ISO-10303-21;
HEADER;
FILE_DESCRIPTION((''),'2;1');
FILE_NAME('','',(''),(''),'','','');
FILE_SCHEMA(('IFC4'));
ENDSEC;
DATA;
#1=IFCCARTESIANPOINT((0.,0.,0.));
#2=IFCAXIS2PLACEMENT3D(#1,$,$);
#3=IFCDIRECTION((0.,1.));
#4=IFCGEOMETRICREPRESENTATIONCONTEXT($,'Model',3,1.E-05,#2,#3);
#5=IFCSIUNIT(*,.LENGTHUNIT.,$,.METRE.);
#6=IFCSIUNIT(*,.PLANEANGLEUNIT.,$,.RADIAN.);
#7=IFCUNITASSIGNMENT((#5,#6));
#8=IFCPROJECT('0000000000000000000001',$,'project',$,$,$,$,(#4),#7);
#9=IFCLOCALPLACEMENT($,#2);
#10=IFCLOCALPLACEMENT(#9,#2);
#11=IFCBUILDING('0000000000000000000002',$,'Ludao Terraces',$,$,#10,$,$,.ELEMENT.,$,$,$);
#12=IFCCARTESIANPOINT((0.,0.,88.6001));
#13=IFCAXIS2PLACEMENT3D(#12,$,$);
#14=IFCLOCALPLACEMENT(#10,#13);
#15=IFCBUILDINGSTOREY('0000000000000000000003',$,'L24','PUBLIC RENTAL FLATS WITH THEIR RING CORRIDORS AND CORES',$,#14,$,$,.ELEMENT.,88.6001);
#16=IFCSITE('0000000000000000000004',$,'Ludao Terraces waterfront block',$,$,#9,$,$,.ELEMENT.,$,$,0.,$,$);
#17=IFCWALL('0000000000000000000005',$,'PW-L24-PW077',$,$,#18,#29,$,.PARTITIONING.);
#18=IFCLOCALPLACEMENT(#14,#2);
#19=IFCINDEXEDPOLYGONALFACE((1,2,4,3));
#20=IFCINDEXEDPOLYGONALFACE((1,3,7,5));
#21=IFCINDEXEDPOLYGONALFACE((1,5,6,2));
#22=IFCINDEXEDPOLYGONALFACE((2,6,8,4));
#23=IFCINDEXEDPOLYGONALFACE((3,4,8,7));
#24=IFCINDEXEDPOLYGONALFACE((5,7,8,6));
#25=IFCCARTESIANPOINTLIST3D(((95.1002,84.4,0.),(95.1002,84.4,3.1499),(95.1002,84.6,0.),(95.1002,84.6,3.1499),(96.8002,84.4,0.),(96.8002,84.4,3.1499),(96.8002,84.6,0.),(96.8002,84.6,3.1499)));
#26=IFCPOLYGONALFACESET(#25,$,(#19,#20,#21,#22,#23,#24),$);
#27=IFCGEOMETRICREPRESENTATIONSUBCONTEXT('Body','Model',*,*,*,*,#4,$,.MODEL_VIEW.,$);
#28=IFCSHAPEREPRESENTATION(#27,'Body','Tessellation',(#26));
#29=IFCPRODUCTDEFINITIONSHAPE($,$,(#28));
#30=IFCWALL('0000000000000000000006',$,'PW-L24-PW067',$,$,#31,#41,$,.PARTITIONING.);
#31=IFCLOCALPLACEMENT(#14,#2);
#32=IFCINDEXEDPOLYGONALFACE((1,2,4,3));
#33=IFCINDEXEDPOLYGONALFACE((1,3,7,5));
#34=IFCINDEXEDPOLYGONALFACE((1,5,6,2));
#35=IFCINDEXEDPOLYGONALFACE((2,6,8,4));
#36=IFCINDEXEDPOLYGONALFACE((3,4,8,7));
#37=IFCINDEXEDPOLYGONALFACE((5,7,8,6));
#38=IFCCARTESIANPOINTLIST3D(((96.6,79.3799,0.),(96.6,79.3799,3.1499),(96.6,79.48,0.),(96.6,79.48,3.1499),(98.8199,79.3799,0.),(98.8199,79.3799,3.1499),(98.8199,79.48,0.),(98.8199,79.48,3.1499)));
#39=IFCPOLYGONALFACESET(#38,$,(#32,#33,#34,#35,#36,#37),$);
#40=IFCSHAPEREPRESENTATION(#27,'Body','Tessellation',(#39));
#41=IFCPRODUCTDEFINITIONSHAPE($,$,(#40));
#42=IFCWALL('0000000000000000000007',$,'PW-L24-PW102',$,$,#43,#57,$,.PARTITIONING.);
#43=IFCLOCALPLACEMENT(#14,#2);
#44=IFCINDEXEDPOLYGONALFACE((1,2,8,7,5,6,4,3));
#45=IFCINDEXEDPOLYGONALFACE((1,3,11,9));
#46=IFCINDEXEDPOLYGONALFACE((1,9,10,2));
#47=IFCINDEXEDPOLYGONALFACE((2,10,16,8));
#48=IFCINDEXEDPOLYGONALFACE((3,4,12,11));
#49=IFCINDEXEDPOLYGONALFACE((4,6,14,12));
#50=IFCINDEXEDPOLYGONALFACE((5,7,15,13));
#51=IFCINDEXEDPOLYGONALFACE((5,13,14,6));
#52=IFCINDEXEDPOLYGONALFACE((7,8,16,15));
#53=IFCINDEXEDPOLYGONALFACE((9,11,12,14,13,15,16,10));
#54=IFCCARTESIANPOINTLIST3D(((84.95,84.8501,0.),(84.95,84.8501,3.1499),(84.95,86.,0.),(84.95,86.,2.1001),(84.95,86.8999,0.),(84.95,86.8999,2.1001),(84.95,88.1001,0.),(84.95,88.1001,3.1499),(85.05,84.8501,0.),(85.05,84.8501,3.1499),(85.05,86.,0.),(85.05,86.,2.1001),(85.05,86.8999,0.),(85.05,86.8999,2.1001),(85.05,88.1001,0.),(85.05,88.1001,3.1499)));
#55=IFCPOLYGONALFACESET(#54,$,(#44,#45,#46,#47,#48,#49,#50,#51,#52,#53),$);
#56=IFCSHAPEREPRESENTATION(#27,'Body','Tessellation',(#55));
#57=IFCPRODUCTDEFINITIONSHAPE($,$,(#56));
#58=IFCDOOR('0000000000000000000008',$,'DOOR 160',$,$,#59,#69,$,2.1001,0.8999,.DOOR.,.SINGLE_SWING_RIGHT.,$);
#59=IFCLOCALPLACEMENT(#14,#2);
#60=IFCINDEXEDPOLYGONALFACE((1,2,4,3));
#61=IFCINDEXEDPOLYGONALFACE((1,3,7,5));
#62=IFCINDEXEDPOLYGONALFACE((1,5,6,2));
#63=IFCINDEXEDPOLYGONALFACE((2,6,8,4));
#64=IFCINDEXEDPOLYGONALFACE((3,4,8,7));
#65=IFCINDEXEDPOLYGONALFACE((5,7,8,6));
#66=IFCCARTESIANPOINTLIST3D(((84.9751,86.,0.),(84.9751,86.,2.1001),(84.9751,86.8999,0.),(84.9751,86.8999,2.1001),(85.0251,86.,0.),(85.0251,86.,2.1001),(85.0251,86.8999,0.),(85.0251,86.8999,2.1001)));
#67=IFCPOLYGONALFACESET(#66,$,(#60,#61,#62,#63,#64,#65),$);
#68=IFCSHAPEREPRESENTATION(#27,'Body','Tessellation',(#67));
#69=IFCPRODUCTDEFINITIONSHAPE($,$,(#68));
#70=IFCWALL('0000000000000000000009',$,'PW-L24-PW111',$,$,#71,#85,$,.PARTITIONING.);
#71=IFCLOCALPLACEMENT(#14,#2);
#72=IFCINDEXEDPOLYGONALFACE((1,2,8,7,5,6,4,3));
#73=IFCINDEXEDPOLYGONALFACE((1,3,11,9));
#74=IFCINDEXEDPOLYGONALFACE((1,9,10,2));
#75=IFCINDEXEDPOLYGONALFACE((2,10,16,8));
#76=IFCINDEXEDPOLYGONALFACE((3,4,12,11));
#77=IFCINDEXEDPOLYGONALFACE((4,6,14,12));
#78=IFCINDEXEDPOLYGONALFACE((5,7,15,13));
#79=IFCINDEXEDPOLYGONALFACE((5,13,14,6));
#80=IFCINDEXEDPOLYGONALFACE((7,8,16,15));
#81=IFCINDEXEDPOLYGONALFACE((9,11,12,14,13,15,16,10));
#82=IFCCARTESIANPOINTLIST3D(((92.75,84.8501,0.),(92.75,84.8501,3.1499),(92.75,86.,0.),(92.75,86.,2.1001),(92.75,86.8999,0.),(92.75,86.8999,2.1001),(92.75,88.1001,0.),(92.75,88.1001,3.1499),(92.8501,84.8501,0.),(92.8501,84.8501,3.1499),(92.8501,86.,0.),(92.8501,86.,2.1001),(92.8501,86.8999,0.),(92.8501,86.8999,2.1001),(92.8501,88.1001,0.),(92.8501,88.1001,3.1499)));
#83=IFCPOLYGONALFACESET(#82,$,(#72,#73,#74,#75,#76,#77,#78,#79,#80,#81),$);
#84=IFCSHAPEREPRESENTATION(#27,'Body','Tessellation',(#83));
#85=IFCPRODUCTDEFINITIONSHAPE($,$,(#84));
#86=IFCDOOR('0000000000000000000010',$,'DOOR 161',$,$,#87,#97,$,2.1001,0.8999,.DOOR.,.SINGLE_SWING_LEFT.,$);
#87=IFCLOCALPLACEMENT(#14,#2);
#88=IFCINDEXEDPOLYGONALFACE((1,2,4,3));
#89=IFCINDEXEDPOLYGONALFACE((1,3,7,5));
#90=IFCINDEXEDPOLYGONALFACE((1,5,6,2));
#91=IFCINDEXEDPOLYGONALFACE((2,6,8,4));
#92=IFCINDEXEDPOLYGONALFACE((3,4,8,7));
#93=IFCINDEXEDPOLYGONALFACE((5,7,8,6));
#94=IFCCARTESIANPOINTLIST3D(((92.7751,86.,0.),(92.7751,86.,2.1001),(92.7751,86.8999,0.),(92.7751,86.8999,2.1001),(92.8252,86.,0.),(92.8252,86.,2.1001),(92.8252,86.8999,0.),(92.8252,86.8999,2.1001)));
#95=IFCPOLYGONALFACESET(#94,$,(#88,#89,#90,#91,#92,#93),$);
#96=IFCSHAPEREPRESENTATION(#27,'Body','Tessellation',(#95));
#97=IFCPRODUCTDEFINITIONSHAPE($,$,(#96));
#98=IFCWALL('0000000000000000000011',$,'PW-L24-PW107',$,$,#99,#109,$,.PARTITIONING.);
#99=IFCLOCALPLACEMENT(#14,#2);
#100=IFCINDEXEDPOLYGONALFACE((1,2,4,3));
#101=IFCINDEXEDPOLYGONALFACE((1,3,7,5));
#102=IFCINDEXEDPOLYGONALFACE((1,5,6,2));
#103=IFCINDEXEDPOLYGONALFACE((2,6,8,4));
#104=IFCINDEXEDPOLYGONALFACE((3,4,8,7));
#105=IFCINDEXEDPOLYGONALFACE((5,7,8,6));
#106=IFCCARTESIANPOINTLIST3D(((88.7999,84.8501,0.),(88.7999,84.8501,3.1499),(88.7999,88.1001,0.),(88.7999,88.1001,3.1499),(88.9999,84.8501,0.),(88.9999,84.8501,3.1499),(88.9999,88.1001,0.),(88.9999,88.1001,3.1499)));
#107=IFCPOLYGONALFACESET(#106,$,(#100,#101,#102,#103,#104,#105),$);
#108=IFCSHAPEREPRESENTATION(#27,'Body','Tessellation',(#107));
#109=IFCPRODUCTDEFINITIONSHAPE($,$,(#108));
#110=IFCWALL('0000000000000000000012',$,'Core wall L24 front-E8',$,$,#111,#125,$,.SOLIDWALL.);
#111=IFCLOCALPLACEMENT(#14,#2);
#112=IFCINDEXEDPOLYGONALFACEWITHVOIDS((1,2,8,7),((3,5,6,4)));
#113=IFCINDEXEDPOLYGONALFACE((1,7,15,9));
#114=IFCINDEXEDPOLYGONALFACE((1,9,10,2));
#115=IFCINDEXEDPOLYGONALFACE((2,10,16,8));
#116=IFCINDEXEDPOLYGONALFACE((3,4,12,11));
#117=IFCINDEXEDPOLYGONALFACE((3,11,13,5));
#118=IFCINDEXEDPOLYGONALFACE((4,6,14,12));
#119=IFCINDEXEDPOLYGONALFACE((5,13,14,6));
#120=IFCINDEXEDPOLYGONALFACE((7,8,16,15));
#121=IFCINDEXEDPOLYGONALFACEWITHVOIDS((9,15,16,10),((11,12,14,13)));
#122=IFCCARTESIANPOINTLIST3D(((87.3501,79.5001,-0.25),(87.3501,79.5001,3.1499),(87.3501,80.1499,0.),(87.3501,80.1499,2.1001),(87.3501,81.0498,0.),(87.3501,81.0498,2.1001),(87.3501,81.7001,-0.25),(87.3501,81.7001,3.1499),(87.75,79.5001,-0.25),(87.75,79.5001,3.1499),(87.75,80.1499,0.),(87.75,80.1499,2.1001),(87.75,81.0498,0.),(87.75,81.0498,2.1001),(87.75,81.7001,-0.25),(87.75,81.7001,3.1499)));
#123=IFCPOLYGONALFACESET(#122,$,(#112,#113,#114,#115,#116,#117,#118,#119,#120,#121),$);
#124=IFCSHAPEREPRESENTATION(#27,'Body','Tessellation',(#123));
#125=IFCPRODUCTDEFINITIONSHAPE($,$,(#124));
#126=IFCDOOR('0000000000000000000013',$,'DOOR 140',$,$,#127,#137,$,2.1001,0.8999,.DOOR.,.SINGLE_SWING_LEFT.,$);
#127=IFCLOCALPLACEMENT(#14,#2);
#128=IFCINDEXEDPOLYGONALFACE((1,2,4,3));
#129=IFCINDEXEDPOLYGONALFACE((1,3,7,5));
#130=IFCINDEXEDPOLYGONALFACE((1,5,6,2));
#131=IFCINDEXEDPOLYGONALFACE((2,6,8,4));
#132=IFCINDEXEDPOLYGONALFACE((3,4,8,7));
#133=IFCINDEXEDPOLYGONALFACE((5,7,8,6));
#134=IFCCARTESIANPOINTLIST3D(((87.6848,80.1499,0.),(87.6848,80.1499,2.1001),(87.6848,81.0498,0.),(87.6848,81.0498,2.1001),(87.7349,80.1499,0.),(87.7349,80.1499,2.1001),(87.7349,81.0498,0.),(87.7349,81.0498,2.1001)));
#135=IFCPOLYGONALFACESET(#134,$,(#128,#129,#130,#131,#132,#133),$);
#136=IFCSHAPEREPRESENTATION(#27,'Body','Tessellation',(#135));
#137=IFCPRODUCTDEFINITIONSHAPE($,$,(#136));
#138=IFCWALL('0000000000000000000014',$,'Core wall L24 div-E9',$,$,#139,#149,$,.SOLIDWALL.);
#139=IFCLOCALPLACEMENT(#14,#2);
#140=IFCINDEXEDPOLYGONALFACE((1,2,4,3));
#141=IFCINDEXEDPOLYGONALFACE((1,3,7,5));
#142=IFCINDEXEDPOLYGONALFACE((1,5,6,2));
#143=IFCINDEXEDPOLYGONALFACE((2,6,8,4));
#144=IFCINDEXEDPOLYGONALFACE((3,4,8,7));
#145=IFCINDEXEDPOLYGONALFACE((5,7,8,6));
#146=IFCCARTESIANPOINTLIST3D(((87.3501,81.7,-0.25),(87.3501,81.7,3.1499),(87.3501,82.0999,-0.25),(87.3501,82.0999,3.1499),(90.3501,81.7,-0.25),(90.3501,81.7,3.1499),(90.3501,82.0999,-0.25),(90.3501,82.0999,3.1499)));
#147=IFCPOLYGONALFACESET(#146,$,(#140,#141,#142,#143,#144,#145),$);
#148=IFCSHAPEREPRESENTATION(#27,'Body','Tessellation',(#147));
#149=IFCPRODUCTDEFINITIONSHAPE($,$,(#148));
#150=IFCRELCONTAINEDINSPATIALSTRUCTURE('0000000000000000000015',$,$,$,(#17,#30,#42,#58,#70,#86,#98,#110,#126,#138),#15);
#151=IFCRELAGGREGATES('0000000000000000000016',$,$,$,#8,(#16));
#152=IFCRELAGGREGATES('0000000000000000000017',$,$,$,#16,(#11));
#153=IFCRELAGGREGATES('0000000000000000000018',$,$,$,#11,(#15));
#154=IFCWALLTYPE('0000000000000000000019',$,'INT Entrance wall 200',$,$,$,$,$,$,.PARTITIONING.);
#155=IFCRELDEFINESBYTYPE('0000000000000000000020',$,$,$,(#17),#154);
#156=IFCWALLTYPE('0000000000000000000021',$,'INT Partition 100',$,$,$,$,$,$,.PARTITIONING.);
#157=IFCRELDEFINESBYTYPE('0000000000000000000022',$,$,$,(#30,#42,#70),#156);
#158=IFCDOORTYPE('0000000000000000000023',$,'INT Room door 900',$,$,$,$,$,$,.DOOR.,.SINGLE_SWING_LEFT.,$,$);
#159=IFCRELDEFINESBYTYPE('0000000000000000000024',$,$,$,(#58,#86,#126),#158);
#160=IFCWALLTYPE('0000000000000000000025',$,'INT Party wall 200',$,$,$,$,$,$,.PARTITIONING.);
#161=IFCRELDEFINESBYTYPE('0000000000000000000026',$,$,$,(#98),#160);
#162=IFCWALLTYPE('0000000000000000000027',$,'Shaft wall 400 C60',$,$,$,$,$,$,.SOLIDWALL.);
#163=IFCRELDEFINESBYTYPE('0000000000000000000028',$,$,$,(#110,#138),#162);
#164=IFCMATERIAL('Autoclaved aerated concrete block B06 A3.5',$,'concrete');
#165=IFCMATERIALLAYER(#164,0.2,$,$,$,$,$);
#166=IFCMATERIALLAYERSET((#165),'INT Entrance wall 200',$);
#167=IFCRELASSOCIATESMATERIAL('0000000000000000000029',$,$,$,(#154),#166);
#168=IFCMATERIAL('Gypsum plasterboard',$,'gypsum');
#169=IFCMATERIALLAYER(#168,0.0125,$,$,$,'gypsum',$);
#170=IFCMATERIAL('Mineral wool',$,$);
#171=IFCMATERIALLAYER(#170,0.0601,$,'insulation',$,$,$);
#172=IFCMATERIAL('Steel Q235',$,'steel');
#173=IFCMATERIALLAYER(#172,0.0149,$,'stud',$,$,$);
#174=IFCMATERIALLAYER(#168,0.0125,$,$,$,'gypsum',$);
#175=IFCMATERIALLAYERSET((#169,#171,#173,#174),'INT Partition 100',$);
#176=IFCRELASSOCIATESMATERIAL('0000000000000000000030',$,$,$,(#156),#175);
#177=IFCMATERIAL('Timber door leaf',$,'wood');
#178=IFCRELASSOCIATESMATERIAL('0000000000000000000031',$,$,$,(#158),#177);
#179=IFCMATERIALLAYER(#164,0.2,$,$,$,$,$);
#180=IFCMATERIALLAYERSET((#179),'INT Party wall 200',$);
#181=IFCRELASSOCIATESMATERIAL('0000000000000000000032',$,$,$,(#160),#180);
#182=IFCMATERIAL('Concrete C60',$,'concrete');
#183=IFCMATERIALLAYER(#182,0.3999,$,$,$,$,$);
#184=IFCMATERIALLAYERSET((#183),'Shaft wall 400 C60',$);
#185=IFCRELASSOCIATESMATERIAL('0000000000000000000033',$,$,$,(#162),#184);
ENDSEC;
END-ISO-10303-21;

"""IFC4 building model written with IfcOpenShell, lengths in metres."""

from ifc_helpers import new_model, si_unit, direction, frame, frame_2d, origin, place, context, subcontext, project, spatial, rectangle, extrude, material, layer, layer_set, type_object, element, fill, save


model = new_model("IFC4")

# Units and contexts
model_context = context("Model", 3, precision=1e-05, world=origin(), true_north=direction((0.0, 1.0)))
body_context = subcontext(model_context, "Body", "Model", "MODEL_VIEW")
ifc_project = project(units=[si_unit("LENGTHUNIT", "METRE"), si_unit("PLANEANGLEUNIT", "RADIAN")], contexts=[model_context])

# Site, building, storey
site_placement = place(None, origin())
site = spatial("IfcSite", under=ifc_project, at=site_placement, Name="Ludao Terraces waterfront block", CompositionType="ELEMENT", RefElevation=0.0)
building_placement = place(site_placement, origin())
building = spatial("IfcBuilding", under=site, at=building_placement, Name="Ludao Terraces", CompositionType="ELEMENT")
storey_placement = place(building_placement, frame((0.0, 0.0, 88.6001)))
storey = spatial("IfcBuildingStorey", under=building, at=storey_placement, Name="L24", Description="PUBLIC RENTAL FLATS WITH THEIR RING CORRIDORS AND CORES", CompositionType="ELEMENT", Elevation=88.6001)

# Shared definitions
ifc_material_1 = material(Name="Mineral wool")

# Walls
ifc_material_2 = material(Name="Autoclaved aerated concrete block B06 A3.5", Category="concrete")
ifc_layer_1 = layer(ifc_material_2, 0.2)
ifc_layer_set_1 = layer_set([ifc_layer_1], Name="INT Entrance wall 200")
wall_type_1 = type_object("IfcWallType", Name="INT Entrance wall 200", PredefinedType="PARTITIONING", material=ifc_layer_set_1)
wall_1_placement = place(storey_placement, frame((95.1001, 84.5, 0.0), z_axis=(0.0, 0.0, 1.0), x_axis=(1.0, 0.0, 0.0)))
element("IfcWall", 1, at=wall_1_placement, inside=storey, type_object=wall_type_1, Name="PW-L24-PW077", PredefinedType="PARTITIONING", context=body_context, shape_type="SweptSolid", body=[
    extrude(rectangle(XDim=1.7, YDim=0.2, at=frame_2d((0.8501, 0.0))), origin(), (0.0, 0.0, 1.0), 3.1499),
])
ifc_material_3 = material(Name="Gypsum plasterboard", Category="gypsum")
ifc_layer_2 = layer(ifc_material_3, 0.0125, Category="gypsum")
ifc_layer_3 = layer(ifc_material_1, 0.0601, Name="insulation")
ifc_material_4 = material(Name="Steel Q235", Category="steel")
ifc_layer_4 = layer(ifc_material_4, 0.0149, Name="stud")
ifc_layer_5 = layer(ifc_material_3, 0.0125, Category="gypsum")
ifc_layer_set_2 = layer_set([ifc_layer_2, ifc_layer_3, ifc_layer_4, ifc_layer_5], Name="INT Partition 100")
wall_type_2 = type_object("IfcWallType", Name="INT Partition 100", PredefinedType="PARTITIONING", material=ifc_layer_set_2)
wall_2_placement = place(storey_placement, frame((96.6001, 79.4299, 0.0), z_axis=(0.0, 0.0, 1.0), x_axis=(1.0, 0.0, 0.0)))
element("IfcWall", 2, at=wall_2_placement, inside=storey, type_object=wall_type_2, Name="PW-L24-PW067", PredefinedType="PARTITIONING", context=body_context, shape_type="SweptSolid", body=[
    extrude(rectangle(XDim=2.22, YDim=0.1001, at=frame_2d((1.1099, 0.0))), origin(), (0.0, 0.0, 1.0), 3.1499),
])

# Walls, openings, doors
wall_3_placement = place(storey_placement, frame((85.0, 84.8501, 0.0), z_axis=(0.0, 0.0, 1.0), x_axis=(0.0, 1.0, 0.0)))
wall_3 = element("IfcWall", 3, at=wall_3_placement, inside=storey, type_object=wall_type_2, Name="PW-L24-PW102", PredefinedType="PARTITIONING", context=body_context, shape_type="SweptSolid", body=[
    extrude(rectangle(XDim=3.25, YDim=0.1001, at=frame_2d((1.625, 0.0))), origin(), (0.0, 0.0, 1.0), 3.1499),
])
opening_1_placement = place(wall_3_placement, frame((1.1499, 0.0, 0.0)))
opening_1 = element("IfcOpeningElement", 4, at=opening_1_placement, cuts=wall_3, PredefinedType="OPENING", context=body_context, shape_type="SweptSolid", body=[
    extrude(rectangle(XDim=0.8999, YDim=2.1001, at=frame_2d((0.45, 1.05))), frame((0.0, 0.0601, 0.0), z_axis=(0.0, -1.0, 0.0), x_axis=(1.0, 0.0, 0.0)), (0.0, 0.0, 1.0), 0.1201),
])
ifc_material_5 = material(Name="Timber door leaf", Category="wood")
door_type_1 = type_object("IfcDoorType", Name="INT Room door 900", OperationType="SINGLE_SWING_LEFT", PredefinedType="DOOR", material=ifc_material_5)
door_1_placement = place(opening_1_placement, origin())
door_1 = element("IfcDoor", 5, at=door_1_placement, inside=storey, type_object=door_type_1, Name="DOOR 160", OperationType="SINGLE_SWING_RIGHT", OverallHeight=2.1001, OverallWidth=0.8999, PredefinedType="DOOR", context=body_context, shape_type="SweptSolid", body=[
    extrude(rectangle(XDim=0.8999, YDim=2.1001, at=frame_2d((0.45, 1.05))), frame((0.0, 0.0249, 0.0), z_axis=(0.0, -1.0, 0.0), x_axis=(1.0, 0.0, 0.0)), (0.0, 0.0, 1.0), 0.05),
])
fill(opening_1, door_1)
wall_4_placement = place(storey_placement, frame((92.8, 84.8501, 0.0), z_axis=(0.0, 0.0, 1.0), x_axis=(0.0, 1.0, 0.0)))
wall_4 = element("IfcWall", 6, at=wall_4_placement, inside=storey, type_object=wall_type_2, Name="PW-L24-PW111", PredefinedType="PARTITIONING", context=body_context, shape_type="SweptSolid", body=[
    extrude(rectangle(XDim=3.25, YDim=0.1001, at=frame_2d((1.625, 0.0))), origin(), (0.0, 0.0, 1.0), 3.1499),
])
opening_2_placement = place(wall_4_placement, frame((1.1499, 0.0, 0.0)))
opening_2 = element("IfcOpeningElement", 7, at=opening_2_placement, cuts=wall_4, PredefinedType="OPENING", context=body_context, shape_type="SweptSolid", body=[
    extrude(rectangle(XDim=0.8999, YDim=2.1001, at=frame_2d((0.45, 1.05))), frame((0.0, 0.0601, 0.0), z_axis=(0.0, -1.0, 0.0), x_axis=(1.0, 0.0, 0.0)), (0.0, 0.0, 1.0), 0.1201),
])
door_2_placement = place(opening_2_placement, origin())
door_2 = element("IfcDoor", 8, at=door_2_placement, inside=storey, type_object=door_type_1, Name="DOOR 161", OperationType="SINGLE_SWING_LEFT", OverallHeight=2.1001, OverallWidth=0.8999, PredefinedType="DOOR", context=body_context, shape_type="SweptSolid", body=[
    extrude(rectangle(XDim=0.8999, YDim=2.1001, at=frame_2d((0.45, 1.05))), frame((0.0, 0.0249, 0.0), z_axis=(0.0, -1.0, 0.0), x_axis=(1.0, 0.0, 0.0)), (0.0, 0.0, 1.0), 0.05),
])
fill(opening_2, door_2)

# Wall
ifc_layer_6 = layer(ifc_material_2, 0.2)
ifc_layer_set_3 = layer_set([ifc_layer_6], Name="INT Party wall 200")
wall_type_3 = type_object("IfcWallType", Name="INT Party wall 200", PredefinedType="PARTITIONING", material=ifc_layer_set_3)
wall_5_placement = place(storey_placement, frame((88.8999, 84.8501, 0.0), z_axis=(0.0, 0.0, 1.0), x_axis=(0.0, 1.0, 0.0)))
element("IfcWall", 9, at=wall_5_placement, inside=storey, type_object=wall_type_3, Name="PW-L24-PW107", PredefinedType="PARTITIONING", context=body_context, shape_type="SweptSolid", body=[
    extrude(rectangle(XDim=3.25, YDim=0.2, at=frame_2d((1.625, 0.0))), origin(), (0.0, 0.0, 1.0), 3.1499),
])

# Wall, opening, door
ifc_material_6 = material(Name="Concrete C60", Category="concrete")
ifc_layer_7 = layer(ifc_material_6, 0.3999)
ifc_layer_set_4 = layer_set([ifc_layer_7], Name="Shaft wall 400 C60")
wall_type_4 = type_object("IfcWallType", Name="Shaft wall 400 C60", PredefinedType="SOLIDWALL", material=ifc_layer_set_4)
wall_6_placement = place(storey_placement, frame((87.55, 79.5, -0.25), z_axis=(0.0, 0.0, 1.0), x_axis=(0.0, 1.0, 0.0)))
wall_6 = element("IfcWall", 10, at=wall_6_placement, inside=storey, type_object=wall_type_4, Name="Core wall L24 front-E8", PredefinedType="SOLIDWALL", context=body_context, shape_type="SweptSolid", body=[
    extrude(rectangle(XDim=2.2, YDim=0.3999, at=frame_2d((1.1001, 0.0))), origin(), (0.0, 0.0, 1.0), 3.3999),
])
opening_3_placement = place(wall_6_placement, frame((0.6499, 0.0, 0.25)))
opening_3 = element("IfcOpeningElement", 11, at=opening_3_placement, cuts=wall_6, PredefinedType="OPENING", context=body_context, shape_type="SweptSolid", body=[
    extrude(rectangle(XDim=0.8999, YDim=2.1001, at=frame_2d((0.45, 1.05))), frame((0.0, 0.21, 0.0), z_axis=(0.0, -1.0, 0.0), x_axis=(1.0, 0.0, 0.0)), (0.0, 0.0, 1.0), 0.4199),
])
door_3_placement = place(opening_3_placement, origin())
door_3 = element("IfcDoor", 12, at=door_3_placement, inside=storey, type_object=door_type_1, Name="DOOR 140", OperationType="SINGLE_SWING_LEFT", OverallHeight=2.1001, OverallWidth=0.8999, PredefinedType="DOOR", context=body_context, shape_type="SweptSolid", body=[
    extrude(rectangle(XDim=0.8999, YDim=2.1001, at=frame_2d((0.45, 1.05))), frame((0.0, -0.1348, 0.0), z_axis=(0.0, -1.0, 0.0), x_axis=(1.0, 0.0, 0.0)), (0.0, 0.0, 1.0), 0.05),
])
fill(opening_3, door_3)

# Wall
wall_7_placement = place(storey_placement, frame((87.3501, 81.8999, -0.25), z_axis=(0.0, 0.0, 1.0), x_axis=(1.0, 0.0, 0.0)))
element("IfcWall", 13, at=wall_7_placement, inside=storey, type_object=wall_type_4, Name="Core wall L24 div-E9", PredefinedType="SOLIDWALL", context=body_context, shape_type="SweptSolid", body=[
    extrude(rectangle(XDim=3.0, YDim=0.3999, at=frame_2d((1.5, 0.0))), origin(), (0.0, 0.0, 1.0), 3.3999),
])

save(model, "model.ifc")
